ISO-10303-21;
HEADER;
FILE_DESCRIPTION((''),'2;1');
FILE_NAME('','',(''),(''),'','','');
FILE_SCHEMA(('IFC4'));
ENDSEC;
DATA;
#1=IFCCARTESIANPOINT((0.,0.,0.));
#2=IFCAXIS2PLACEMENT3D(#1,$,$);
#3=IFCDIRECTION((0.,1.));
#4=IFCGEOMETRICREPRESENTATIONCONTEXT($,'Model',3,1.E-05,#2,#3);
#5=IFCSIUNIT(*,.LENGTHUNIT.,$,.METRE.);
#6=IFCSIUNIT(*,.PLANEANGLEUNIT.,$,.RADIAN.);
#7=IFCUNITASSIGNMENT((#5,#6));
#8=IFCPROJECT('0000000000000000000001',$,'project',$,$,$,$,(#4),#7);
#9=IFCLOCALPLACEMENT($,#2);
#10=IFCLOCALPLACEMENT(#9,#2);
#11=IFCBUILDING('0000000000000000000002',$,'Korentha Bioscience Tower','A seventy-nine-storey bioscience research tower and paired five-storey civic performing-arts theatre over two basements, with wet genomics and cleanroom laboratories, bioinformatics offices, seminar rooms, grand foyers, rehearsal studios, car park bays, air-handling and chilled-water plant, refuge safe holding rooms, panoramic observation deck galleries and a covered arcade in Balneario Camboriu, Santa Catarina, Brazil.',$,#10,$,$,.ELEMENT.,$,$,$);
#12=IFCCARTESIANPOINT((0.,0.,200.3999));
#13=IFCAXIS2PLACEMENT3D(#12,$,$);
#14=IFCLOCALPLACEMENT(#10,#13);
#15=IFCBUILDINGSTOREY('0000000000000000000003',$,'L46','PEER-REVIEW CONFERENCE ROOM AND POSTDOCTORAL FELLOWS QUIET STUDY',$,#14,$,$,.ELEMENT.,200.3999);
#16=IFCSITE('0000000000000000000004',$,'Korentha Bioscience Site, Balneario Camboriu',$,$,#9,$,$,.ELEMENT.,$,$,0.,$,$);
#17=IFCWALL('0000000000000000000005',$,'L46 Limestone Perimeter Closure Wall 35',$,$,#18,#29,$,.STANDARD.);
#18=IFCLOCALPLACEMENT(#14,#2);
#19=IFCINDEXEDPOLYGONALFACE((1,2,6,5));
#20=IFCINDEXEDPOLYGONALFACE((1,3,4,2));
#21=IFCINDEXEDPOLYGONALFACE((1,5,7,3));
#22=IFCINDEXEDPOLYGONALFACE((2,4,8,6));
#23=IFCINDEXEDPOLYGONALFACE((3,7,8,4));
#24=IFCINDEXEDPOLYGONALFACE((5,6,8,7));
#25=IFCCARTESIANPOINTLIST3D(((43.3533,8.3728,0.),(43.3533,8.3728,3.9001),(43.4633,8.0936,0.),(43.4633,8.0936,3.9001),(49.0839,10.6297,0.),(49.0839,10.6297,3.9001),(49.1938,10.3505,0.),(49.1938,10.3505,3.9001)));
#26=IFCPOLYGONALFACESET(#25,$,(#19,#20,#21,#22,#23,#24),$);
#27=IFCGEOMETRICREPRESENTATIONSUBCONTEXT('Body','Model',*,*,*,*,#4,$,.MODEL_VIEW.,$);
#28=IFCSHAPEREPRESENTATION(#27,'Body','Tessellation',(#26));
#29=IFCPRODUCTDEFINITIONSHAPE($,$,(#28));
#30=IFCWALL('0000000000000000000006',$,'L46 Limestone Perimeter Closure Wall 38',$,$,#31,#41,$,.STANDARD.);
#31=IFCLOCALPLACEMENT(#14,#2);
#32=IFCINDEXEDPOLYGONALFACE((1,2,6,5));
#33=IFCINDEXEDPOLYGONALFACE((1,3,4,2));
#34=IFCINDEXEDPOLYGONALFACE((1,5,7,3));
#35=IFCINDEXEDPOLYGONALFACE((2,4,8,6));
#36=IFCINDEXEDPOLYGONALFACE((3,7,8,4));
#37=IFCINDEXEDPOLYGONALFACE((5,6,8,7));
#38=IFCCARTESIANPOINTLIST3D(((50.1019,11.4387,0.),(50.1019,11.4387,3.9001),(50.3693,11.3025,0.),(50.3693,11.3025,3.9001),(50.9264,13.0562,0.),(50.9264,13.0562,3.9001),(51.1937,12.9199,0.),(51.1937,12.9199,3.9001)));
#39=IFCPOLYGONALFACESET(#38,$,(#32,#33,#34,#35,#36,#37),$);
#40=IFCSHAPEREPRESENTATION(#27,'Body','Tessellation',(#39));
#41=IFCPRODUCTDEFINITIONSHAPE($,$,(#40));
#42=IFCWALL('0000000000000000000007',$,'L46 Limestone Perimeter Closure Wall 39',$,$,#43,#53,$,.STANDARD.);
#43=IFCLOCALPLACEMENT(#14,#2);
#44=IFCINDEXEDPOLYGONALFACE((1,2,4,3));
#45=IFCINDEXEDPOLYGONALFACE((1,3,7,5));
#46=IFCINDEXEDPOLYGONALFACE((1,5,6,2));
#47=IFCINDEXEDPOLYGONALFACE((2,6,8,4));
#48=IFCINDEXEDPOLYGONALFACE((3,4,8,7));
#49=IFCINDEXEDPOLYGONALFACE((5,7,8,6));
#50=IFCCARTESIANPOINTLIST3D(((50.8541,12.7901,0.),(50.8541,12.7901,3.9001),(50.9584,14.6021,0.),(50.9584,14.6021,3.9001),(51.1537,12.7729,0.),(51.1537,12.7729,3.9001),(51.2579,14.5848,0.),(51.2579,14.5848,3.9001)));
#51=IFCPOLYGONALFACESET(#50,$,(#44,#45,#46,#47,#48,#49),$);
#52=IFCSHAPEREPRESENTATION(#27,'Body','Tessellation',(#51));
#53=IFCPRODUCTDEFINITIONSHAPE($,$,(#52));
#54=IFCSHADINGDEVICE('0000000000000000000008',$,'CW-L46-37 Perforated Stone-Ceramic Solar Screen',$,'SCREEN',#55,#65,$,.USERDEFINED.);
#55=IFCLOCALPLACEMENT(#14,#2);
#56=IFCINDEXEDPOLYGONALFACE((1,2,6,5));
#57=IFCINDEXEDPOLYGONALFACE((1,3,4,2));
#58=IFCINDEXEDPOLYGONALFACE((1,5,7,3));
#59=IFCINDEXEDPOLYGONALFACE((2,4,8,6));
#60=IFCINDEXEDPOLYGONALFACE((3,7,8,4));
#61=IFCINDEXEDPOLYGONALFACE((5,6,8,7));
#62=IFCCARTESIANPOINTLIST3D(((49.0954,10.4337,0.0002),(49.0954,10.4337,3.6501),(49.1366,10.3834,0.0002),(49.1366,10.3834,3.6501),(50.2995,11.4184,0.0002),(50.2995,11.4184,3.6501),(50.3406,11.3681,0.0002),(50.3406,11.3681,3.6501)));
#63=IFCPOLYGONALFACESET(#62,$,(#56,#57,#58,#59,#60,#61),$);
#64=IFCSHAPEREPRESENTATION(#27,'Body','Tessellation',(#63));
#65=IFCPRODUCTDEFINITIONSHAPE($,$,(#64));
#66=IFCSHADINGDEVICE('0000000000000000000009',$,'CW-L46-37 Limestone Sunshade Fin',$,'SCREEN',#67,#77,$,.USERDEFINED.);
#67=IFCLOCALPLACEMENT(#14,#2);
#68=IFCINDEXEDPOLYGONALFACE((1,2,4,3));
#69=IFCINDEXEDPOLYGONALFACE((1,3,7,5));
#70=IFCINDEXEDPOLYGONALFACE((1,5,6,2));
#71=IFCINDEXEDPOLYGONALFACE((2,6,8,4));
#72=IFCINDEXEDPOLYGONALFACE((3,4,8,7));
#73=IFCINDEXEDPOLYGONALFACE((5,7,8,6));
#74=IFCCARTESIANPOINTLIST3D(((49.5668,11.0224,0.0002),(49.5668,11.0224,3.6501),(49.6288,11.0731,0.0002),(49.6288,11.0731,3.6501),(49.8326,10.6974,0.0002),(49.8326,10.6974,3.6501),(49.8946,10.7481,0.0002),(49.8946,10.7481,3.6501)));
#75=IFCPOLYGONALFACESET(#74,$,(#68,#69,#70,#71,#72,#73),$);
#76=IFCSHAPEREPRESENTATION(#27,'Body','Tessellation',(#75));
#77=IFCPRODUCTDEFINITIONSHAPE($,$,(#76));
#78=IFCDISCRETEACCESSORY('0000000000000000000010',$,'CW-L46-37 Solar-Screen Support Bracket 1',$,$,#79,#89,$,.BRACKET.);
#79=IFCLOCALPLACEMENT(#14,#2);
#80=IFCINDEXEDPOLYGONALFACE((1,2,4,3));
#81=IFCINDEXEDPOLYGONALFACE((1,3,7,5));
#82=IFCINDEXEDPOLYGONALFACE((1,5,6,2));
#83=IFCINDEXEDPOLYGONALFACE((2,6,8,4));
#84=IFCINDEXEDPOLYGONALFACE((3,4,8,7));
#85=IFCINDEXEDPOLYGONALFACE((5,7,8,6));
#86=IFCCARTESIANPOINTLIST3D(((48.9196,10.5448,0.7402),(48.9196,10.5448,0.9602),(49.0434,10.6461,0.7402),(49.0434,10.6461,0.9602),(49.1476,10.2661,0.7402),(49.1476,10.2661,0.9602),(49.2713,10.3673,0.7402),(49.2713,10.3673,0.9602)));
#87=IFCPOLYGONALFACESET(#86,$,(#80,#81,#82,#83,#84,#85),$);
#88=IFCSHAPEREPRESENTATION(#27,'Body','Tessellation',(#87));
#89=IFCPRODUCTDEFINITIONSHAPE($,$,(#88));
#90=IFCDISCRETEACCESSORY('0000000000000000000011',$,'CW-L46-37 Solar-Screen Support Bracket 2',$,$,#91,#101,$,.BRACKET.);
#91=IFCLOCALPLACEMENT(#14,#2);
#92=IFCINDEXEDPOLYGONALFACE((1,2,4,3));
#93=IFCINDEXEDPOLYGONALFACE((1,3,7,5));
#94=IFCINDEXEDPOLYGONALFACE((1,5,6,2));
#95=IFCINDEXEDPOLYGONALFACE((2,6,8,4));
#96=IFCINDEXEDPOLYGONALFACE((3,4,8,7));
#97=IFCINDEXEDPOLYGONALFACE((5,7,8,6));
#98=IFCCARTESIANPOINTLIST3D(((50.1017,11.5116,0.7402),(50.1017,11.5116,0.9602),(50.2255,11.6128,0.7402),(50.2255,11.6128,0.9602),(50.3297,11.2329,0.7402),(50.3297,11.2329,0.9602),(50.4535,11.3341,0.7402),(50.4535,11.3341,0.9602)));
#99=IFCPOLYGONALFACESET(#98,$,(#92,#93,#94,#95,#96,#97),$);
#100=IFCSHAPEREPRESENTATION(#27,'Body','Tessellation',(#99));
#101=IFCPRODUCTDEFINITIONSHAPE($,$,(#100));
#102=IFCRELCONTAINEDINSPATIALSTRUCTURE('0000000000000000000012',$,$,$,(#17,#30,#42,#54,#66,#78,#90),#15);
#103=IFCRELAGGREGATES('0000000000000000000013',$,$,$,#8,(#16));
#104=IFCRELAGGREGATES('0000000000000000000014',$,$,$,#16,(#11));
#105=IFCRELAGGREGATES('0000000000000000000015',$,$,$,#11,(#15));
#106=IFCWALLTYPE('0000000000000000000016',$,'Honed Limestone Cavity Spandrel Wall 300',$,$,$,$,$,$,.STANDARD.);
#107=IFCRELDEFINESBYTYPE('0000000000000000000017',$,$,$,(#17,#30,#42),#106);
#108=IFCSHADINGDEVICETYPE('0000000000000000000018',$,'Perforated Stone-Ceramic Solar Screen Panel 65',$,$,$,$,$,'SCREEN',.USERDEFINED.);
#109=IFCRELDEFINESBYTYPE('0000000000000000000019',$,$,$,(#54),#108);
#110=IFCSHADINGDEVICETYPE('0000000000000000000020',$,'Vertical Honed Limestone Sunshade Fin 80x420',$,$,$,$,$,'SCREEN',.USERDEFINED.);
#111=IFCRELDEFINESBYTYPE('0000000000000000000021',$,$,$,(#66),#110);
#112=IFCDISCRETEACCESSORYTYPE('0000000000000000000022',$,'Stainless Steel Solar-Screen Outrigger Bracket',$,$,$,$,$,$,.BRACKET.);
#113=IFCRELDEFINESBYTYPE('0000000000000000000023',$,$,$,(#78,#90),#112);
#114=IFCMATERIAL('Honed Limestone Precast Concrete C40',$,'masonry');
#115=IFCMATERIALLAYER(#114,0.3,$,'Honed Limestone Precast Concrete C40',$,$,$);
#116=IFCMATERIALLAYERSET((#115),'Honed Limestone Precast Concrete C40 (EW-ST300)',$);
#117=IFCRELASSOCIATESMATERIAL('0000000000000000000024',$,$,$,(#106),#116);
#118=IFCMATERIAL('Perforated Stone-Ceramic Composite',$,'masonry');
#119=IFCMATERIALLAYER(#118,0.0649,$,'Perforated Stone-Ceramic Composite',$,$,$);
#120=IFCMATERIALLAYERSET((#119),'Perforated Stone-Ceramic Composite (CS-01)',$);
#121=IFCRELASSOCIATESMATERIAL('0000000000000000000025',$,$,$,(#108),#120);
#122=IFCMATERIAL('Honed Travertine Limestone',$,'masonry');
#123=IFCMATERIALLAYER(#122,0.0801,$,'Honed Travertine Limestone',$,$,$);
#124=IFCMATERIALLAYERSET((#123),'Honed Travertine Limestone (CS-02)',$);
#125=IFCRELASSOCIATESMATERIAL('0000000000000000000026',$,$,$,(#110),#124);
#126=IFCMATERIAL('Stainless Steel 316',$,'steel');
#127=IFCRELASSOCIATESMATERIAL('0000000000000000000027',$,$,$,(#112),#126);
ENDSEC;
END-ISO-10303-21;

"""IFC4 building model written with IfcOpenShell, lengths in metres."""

from ifc_helpers import new_model, si_unit, direction, frame, frame_2d, origin, origin_2d, place, context, subcontext, project, spatial, rectangle, extrude, material, layer, layer_set, type_object, element, save


model = new_model("IFC4")

# Units and contexts
model_context = context("Model", 3, precision=1e-05, world=origin(), true_north=direction((0.0, 1.0)))
body_context = subcontext(model_context, "Body", "Model", "MODEL_VIEW")
ifc_project = project(units=[si_unit("LENGTHUNIT", "METRE"), si_unit("PLANEANGLEUNIT", "RADIAN")], contexts=[model_context])

# Site, building, storey
site_placement = place(None, origin())
site = spatial("IfcSite", under=ifc_project, at=site_placement, Name="Korentha Bioscience Site, Balneario Camboriu", CompositionType="ELEMENT", RefElevation=0.0)
building_placement = place(site_placement, origin())
building = spatial("IfcBuilding", under=site, at=building_placement, Name="Korentha Bioscience Tower", Description="A seventy-nine-storey bioscience research tower and paired five-storey civic performing-arts theatre over two basements, with wet genomics and cleanroom laboratories, bioinformatics offices, seminar rooms, grand foyers, rehearsal studios, car park bays, air-handling and chilled-water plant, refuge safe holding rooms, panoramic observation deck galleries and a covered arcade in Balneario Camboriu, Santa Catarina, Brazil.", CompositionType="ELEMENT")
storey_placement = place(building_placement, frame((0.0, 0.0, 200.3999)))
storey = spatial("IfcBuildingStorey", under=building, at=storey_placement, Name="L46", Description="PEER-REVIEW CONFERENCE ROOM AND POSTDOCTORAL FELLOWS QUIET STUDY", CompositionType="ELEMENT", Elevation=200.3999)

# Shared definitions
ifc_material_1 = material(Name="Honed Limestone Precast Concrete C40", Category="masonry")
ifc_layer_1 = layer(ifc_material_1, 0.3, Name="Honed Limestone Precast Concrete C40")
ifc_layer_set_1 = layer_set([ifc_layer_1], Name="Honed Limestone Precast Concrete C40 (EW-ST300)")
wall_type_1 = type_object("IfcWallType", Name="Honed Limestone Cavity Spandrel Wall 300", PredefinedType="STANDARD", material=ifc_layer_set_1)

# Walls
wall_1_placement = place(storey_placement, frame((43.4082, 8.2332, 0.0), z_axis=(0.0, 0.0, 1.0), x_axis=(0.930443, 0.366437, 0.0)))
element("IfcWall", 1, at=wall_1_placement, inside=storey, type_object=wall_type_1, Name="L46 Limestone Perimeter Closure Wall 35", PredefinedType="STANDARD", context=body_context, shape_type="SweptSolid", body=[
    extrude(rectangle(XDim=6.1589, YDim=0.3, at=frame_2d((3.0796, 0.0))), origin(), (0.0, 0.0, 1.0), 3.9001),
])
wall_2_placement = place(storey_placement, frame((50.2356, 11.3706, 0.0), z_axis=(0.0, 0.0, 1.0), x_axis=(0.454139, 0.890931, 0.0)))
element("IfcWall", 2, at=wall_2_placement, inside=storey, type_object=wall_type_1, Name="L46 Limestone Perimeter Closure Wall 38", PredefinedType="STANDARD", context=body_context, shape_type="SweptSolid", body=[
    extrude(rectangle(XDim=1.8154, YDim=0.3, at=frame_2d((0.9077, 0.0))), origin(), (0.0, 0.0, 1.0), 3.9001),
])
wall_3_placement = place(storey_placement, frame((51.0039, 12.7815, 0.0), z_axis=(0.0, 0.0, 1.0), x_axis=(0.057437, 0.998349, 0.0)))
element("IfcWall", 3, at=wall_3_placement, inside=storey, type_object=wall_type_1, Name="L46 Limestone Perimeter Closure Wall 39", PredefinedType="STANDARD", context=body_context, shape_type="SweptSolid", body=[
    extrude(rectangle(XDim=1.8149, YDim=0.3, at=frame_2d((0.9075, 0.0))), origin(), (0.0, 0.0, 1.0), 3.9001),
])

# Shading devices
ifc_material_2 = material(Name="Perforated Stone-Ceramic Composite", Category="masonry")
ifc_layer_2 = layer(ifc_material_2, 0.0649, Name="Perforated Stone-Ceramic Composite")
ifc_layer_set_2 = layer_set([ifc_layer_2], Name="Perforated Stone-Ceramic Composite (CS-01)")
shading_device_type_1 = type_object("IfcShadingDeviceType", Name="Perforated Stone-Ceramic Solar Screen Panel 65", ElementType="SCREEN", PredefinedType="USERDEFINED", material=ifc_layer_set_2)
shading_device_1_placement = place(storey_placement, frame((49.718, 10.9009, 0.0002), z_axis=(0.0, 0.0, 1.0), x_axis=(0.774088, 0.633078, 0.0)))
element("IfcShadingDevice", 4, at=shading_device_1_placement, inside=storey, type_object=shading_device_type_1, Name="CW-L46-37 Perforated Stone-Ceramic Solar Screen", ObjectType="SCREEN", PredefinedType="USERDEFINED", context=body_context, shape_type="SweptSolid", body=[
    extrude(rectangle(XDim=1.5554, YDim=0.0649, at=origin_2d()), origin(), (0.0, 0.0, 1.0), 3.6499),
])
ifc_material_3 = material(Name="Honed Travertine Limestone", Category="masonry")
ifc_layer_3 = layer(ifc_material_3, 0.0801, Name="Honed Travertine Limestone")
ifc_layer_set_3 = layer_set([ifc_layer_3], Name="Honed Travertine Limestone (CS-02)")
shading_device_type_2 = type_object("IfcShadingDeviceType", Name="Vertical Honed Limestone Sunshade Fin 80x420", ElementType="SCREEN", PredefinedType="USERDEFINED", material=ifc_layer_set_3)
shading_device_2_placement = place(storey_placement, frame((49.7307, 10.8853, 0.0002), z_axis=(0.0, 0.0, 1.0), x_axis=(0.774088, 0.633078, 0.0)))
element("IfcShadingDevice", 5, at=shading_device_2_placement, inside=storey, type_object=shading_device_type_2, Name="CW-L46-37 Limestone Sunshade Fin", ObjectType="SCREEN", PredefinedType="USERDEFINED", context=body_context, shape_type="SweptSolid", body=[
    extrude(rectangle(XDim=0.0801, YDim=0.4199, at=origin_2d()), origin(), (0.0, 0.0, 1.0), 3.6499),
])

# Discrete accessories
ifc_material_4 = material(Name="Stainless Steel 316", Category="steel")
discrete_accessory_type = type_object("IfcDiscreteAccessoryType", Name="Stainless Steel Solar-Screen Outrigger Bracket", PredefinedType="BRACKET", material=ifc_material_4)
for number, where, z_axis, x_axis, name in (
    (6, (49.0955, 10.4561, 0.7402), (0.0, 0.0, 1.0), (0.774088, 0.633078, 0.0), "CW-L46-37 Solar-Screen Support Bracket 1"),
    (7, (50.2776, 11.4229, 0.7402), (0.0, 0.0, 1.0), (0.774088, 0.633078, 0.0), "CW-L46-37 Solar-Screen Support Bracket 2"),
):
    element("IfcDiscreteAccessory", number, at=place(storey_placement, frame(where, z_axis=z_axis, x_axis=x_axis)), inside=storey, type_object=discrete_accessory_type, Name=name, PredefinedType="BRACKET", context=body_context, shape_type="SweptSolid", body=[
        extrude(rectangle(XDim=0.1599, YDim=0.3601, at=origin_2d()), origin(), (0.0, 0.0, 1.0), 0.22),
    ])

save(model, "model.ifc")
